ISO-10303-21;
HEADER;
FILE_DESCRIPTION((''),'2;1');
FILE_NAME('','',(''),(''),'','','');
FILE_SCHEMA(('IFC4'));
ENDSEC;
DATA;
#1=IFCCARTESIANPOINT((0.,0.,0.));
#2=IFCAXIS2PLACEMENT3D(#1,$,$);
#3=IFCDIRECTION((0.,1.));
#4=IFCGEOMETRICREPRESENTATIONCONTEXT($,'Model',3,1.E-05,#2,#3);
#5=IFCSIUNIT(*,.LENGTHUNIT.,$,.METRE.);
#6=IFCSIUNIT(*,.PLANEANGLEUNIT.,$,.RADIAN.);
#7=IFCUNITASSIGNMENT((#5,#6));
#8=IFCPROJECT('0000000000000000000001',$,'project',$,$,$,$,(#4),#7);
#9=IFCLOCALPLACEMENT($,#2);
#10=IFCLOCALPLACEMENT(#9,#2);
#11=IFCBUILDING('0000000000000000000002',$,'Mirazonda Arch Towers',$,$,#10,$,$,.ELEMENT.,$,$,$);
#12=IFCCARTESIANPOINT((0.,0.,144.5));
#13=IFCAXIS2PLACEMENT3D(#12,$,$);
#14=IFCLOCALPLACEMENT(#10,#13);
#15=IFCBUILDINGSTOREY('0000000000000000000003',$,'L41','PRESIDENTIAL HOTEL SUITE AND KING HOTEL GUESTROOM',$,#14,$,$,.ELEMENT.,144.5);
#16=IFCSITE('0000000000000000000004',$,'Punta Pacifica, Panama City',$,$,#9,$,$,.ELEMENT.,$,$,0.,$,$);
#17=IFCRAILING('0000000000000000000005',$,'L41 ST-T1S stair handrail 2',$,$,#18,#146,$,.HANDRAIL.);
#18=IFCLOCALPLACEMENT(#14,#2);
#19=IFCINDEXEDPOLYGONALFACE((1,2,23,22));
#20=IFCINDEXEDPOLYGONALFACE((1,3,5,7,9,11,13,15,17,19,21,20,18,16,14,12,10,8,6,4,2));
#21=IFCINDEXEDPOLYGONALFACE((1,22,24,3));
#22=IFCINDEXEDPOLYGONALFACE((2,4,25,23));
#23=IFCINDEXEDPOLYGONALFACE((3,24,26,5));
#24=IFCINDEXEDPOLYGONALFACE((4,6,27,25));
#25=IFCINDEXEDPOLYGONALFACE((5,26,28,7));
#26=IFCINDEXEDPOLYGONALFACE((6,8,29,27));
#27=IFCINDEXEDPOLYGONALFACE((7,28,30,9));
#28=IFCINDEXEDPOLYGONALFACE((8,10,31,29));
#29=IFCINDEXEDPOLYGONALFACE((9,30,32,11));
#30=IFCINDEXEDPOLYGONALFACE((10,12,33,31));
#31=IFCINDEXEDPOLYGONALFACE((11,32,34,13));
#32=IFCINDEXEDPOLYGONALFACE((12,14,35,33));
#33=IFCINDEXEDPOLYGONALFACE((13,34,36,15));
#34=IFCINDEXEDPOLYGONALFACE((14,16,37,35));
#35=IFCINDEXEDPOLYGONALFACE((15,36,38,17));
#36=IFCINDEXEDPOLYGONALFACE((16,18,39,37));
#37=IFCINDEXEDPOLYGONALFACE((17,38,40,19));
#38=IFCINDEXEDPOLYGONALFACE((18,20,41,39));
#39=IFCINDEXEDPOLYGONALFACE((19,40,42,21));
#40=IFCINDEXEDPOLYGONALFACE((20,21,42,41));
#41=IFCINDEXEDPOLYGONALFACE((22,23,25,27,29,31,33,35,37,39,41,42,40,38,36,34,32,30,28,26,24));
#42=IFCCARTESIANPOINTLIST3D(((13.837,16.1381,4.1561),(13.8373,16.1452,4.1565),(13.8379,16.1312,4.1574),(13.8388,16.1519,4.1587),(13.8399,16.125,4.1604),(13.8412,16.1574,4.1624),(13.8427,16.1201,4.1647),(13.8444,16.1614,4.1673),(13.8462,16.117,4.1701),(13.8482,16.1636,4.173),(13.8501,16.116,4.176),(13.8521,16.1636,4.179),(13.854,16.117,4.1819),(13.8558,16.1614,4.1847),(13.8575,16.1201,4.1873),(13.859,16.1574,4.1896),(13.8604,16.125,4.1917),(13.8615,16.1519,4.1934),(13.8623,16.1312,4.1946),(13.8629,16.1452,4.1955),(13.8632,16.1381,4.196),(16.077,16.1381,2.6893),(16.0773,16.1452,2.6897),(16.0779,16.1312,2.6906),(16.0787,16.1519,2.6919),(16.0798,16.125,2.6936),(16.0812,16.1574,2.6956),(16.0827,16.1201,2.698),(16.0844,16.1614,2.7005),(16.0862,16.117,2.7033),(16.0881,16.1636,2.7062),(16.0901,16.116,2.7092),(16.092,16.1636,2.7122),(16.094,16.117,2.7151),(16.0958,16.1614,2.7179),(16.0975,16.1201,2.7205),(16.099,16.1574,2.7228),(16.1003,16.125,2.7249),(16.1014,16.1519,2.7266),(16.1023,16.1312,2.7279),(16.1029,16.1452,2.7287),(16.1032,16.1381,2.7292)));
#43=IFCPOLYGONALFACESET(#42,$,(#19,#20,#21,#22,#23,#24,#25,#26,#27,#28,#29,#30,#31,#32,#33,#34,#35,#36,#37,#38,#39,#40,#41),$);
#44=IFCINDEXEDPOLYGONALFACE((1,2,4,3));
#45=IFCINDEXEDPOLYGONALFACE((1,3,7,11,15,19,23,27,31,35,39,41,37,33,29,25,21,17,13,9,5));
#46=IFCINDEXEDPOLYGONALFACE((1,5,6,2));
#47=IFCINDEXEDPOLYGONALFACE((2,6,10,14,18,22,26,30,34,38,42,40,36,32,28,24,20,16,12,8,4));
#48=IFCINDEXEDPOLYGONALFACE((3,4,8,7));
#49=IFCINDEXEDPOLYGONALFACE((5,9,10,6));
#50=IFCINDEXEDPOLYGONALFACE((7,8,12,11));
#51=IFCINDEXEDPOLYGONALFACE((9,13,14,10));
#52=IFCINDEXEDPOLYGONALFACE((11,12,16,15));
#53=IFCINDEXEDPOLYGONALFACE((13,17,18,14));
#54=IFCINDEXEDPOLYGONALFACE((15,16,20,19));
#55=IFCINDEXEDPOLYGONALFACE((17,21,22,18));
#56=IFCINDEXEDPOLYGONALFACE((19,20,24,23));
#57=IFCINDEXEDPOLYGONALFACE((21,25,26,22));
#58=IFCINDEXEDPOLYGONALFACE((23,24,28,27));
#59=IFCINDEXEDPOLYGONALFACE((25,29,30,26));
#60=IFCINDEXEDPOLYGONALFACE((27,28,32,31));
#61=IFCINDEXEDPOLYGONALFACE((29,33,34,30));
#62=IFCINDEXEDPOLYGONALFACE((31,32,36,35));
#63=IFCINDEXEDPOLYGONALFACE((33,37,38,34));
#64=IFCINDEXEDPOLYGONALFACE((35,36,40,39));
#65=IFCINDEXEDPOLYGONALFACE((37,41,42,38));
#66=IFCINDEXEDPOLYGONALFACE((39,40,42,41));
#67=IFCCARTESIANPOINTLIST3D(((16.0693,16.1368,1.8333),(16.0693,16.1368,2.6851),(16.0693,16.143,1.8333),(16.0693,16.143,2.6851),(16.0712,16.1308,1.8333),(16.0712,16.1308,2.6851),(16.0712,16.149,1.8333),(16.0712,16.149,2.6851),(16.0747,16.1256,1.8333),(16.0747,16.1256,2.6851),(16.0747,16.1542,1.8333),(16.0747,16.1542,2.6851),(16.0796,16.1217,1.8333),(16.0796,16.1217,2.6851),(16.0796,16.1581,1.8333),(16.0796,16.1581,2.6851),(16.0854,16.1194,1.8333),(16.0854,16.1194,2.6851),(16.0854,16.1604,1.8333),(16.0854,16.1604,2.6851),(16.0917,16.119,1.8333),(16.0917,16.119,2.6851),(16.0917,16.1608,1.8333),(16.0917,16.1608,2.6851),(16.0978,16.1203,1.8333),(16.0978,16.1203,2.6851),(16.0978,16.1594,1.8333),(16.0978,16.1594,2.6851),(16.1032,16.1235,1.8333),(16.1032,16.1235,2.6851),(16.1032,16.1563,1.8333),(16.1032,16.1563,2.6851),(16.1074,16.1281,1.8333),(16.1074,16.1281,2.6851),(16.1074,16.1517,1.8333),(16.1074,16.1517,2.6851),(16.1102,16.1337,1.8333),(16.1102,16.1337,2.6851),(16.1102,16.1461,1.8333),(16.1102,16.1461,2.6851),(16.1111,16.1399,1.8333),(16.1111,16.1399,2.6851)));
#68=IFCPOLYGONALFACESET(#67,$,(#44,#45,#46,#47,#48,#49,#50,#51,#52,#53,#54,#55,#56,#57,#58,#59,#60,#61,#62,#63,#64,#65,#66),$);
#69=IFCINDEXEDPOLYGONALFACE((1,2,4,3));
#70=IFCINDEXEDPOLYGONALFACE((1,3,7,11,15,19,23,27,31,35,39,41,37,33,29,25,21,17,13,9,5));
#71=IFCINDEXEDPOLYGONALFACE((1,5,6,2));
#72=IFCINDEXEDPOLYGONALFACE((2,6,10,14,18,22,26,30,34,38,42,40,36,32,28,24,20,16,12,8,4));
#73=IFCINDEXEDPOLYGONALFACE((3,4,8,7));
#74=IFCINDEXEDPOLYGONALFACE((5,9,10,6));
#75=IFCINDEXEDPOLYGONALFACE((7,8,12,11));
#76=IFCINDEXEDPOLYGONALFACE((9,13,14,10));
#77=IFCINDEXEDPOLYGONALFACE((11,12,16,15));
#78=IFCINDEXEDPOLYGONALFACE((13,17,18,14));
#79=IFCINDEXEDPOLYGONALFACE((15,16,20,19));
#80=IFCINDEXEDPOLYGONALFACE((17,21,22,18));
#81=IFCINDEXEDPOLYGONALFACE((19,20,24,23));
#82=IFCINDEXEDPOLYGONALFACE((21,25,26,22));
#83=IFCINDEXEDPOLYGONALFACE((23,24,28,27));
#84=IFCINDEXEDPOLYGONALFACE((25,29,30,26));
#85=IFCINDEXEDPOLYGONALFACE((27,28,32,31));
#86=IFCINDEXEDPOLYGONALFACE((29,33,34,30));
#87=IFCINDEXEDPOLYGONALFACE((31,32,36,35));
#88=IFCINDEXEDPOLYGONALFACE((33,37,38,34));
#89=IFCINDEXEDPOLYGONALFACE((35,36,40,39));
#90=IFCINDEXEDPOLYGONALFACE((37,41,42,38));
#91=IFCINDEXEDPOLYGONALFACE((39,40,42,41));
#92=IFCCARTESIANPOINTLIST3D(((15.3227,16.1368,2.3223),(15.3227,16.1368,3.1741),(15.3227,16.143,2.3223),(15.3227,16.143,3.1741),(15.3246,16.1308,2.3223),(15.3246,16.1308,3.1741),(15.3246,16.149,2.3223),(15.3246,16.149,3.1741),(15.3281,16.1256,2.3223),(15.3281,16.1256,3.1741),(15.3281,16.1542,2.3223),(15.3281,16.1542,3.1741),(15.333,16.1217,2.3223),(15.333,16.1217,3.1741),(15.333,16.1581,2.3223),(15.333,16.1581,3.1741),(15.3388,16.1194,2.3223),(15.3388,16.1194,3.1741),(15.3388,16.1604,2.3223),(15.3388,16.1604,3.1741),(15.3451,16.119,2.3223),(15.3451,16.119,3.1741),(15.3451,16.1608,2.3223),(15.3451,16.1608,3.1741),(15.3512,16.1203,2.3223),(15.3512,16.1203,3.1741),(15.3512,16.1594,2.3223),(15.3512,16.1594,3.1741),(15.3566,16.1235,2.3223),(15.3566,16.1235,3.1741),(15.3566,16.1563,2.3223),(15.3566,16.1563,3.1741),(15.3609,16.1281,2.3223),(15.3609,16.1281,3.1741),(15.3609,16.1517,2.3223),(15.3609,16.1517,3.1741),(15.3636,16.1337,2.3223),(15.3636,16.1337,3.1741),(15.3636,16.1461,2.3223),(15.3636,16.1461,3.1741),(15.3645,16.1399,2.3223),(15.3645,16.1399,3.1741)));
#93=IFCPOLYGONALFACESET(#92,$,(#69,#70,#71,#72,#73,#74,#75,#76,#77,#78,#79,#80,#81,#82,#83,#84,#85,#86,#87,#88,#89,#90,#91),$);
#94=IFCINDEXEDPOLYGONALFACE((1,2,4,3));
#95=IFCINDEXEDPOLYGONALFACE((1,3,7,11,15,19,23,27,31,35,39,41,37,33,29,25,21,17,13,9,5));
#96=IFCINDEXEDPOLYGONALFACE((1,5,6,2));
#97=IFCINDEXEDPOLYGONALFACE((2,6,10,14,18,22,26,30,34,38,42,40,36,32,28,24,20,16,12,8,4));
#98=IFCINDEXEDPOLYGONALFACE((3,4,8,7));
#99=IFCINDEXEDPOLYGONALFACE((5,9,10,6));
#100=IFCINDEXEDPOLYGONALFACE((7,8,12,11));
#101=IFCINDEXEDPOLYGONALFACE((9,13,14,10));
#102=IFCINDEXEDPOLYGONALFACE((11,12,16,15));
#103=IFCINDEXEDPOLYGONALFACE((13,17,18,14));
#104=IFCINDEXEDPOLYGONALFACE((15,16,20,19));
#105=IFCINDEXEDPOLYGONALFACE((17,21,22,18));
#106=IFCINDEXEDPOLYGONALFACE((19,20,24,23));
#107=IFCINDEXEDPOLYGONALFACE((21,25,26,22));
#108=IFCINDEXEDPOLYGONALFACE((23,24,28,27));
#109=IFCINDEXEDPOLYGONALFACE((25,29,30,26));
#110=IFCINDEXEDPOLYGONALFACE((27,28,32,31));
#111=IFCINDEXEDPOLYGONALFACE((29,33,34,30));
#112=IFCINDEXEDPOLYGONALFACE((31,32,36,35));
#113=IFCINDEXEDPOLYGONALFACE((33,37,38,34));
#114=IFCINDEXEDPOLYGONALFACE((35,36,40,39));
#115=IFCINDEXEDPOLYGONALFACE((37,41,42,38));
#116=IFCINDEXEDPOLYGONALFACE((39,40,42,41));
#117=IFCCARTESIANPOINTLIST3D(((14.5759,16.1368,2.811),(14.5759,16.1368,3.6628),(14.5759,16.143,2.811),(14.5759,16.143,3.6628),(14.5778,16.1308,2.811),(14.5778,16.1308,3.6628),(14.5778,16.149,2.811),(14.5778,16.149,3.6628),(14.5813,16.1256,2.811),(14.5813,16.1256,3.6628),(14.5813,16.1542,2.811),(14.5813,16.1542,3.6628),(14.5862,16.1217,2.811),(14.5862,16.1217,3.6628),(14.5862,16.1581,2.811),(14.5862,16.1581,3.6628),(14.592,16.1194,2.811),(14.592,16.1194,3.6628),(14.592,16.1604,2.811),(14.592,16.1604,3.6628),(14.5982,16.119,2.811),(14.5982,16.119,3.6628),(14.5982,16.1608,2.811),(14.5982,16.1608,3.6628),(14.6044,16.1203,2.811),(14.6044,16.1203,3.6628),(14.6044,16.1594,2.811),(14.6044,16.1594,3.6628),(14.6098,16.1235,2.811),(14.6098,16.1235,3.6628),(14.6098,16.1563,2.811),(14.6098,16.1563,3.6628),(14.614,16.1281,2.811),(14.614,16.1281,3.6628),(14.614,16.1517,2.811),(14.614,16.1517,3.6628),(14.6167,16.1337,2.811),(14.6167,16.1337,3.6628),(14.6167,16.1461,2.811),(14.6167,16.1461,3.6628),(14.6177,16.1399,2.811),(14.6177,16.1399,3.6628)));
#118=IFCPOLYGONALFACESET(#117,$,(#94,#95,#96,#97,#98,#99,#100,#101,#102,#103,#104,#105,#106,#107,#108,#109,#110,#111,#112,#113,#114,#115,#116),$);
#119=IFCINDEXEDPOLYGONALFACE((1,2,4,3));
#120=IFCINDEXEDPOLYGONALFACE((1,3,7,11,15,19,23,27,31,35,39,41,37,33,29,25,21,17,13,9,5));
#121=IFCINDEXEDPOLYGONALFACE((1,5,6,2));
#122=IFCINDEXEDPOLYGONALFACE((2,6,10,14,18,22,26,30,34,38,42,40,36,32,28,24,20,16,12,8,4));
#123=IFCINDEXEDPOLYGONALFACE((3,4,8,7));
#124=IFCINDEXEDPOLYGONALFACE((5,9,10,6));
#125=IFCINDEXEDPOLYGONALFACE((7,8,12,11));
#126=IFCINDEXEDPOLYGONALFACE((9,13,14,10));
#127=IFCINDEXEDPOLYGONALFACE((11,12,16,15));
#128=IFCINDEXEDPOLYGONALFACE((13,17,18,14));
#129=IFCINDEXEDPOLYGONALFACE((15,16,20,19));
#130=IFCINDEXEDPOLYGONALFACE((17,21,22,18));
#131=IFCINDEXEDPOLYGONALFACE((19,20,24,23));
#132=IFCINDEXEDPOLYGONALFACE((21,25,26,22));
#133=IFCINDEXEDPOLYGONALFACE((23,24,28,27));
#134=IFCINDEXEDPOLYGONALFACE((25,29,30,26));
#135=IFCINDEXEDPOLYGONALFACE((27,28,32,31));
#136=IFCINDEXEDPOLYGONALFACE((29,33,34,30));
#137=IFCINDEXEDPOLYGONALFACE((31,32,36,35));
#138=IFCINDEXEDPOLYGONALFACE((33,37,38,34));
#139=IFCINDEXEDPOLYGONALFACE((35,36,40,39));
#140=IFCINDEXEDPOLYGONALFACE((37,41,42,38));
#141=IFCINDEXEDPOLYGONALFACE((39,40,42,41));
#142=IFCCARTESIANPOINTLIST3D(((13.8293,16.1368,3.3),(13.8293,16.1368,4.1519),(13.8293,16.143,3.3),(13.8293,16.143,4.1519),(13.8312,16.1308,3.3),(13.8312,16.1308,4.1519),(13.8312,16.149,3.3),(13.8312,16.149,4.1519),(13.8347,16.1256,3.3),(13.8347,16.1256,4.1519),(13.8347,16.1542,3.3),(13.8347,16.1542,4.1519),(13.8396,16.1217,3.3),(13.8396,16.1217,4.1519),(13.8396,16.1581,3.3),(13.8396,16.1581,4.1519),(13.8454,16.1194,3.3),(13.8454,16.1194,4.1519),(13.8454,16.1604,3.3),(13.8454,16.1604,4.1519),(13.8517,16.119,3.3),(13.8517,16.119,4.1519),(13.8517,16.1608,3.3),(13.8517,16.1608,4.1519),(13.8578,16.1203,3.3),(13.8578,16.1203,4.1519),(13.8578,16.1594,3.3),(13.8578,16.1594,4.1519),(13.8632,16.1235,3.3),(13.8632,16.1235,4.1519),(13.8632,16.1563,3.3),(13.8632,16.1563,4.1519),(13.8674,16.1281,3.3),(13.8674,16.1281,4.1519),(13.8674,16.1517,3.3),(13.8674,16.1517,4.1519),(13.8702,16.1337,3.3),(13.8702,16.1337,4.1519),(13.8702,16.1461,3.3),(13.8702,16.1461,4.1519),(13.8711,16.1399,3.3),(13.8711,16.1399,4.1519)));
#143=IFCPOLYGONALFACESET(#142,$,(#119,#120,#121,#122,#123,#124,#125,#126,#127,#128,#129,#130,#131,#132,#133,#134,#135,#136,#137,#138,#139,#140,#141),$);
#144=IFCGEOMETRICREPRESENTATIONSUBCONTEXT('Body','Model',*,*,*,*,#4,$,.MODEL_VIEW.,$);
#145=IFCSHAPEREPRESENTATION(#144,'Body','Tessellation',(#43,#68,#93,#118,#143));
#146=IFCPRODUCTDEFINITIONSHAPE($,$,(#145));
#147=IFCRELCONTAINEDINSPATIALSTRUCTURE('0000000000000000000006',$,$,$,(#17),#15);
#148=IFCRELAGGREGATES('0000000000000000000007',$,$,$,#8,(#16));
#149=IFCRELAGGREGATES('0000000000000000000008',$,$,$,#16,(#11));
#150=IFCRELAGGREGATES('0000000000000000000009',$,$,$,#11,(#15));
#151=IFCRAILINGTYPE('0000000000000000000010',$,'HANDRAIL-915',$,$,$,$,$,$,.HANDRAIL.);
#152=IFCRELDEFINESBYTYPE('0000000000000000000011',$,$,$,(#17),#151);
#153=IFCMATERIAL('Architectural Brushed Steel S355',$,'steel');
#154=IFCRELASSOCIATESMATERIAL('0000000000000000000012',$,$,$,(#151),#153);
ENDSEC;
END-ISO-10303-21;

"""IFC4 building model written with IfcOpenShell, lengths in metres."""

from ifc_helpers import new_model, si_unit, direction, frame, origin, origin_2d, place, context, subcontext, project, spatial, circle, extrude, material, type_object, element, save


model = new_model("IFC4")

# Units and contexts
model_context = context("Model", 3, precision=1e-05, world=origin(), true_north=direction((0.0, 1.0)))
body_context = subcontext(model_context, "Body", "Model", "MODEL_VIEW")
ifc_project = project(units=[si_unit("LENGTHUNIT", "METRE"), si_unit("PLANEANGLEUNIT", "RADIAN")], contexts=[model_context])

# Site, building, storey
site_placement = place(None, origin())
site = spatial("IfcSite", under=ifc_project, at=site_placement, Name="Punta Pacifica, Panama City", CompositionType="ELEMENT", RefElevation=0.0)
building_placement = place(site_placement, origin())
building = spatial("IfcBuilding", under=site, at=building_placement, Name="Mirazonda Arch Towers", CompositionType="ELEMENT")
storey_placement = place(building_placement, frame((0.0, 0.0, 144.5)))
storey = spatial("IfcBuildingStorey", under=building, at=storey_placement, Name="L41", Description="PRESIDENTIAL HOTEL SUITE AND KING HOTEL GUESTROOM", CompositionType="ELEMENT", Elevation=144.5)

# Shared definitions
ifc_material_1 = material(Name="Architectural Brushed Steel S355", Category="steel")

# Railing
railing_type_1 = type_object("IfcRailingType", Name="HANDRAIL-915", PredefinedType="HANDRAIL", material=ifc_material_1)
railing_1_placement = place(storey_placement, frame((16.0901, 16.1399, 1.8333)))
element("IfcRailing", 1, at=railing_1_placement, inside=storey, type_object=railing_type_1, Name="L41 ST-T1S stair handrail 2", PredefinedType="HANDRAIL", context=body_context, shape_type="SweptSolid", body=[
    extrude(circle(Radius=0.0239, at=origin_2d()), frame((0.0, 0.0, 0.876), z_axis=(-0.836595, 0.0, 0.547822), x_axis=(0.0, -1.0, 0.0)), (0.0, 0.0, 1.0), 2.6775),
    extrude(circle(Radius=0.021, at=origin_2d()), origin(), (0.0, 0.0, 1.0), 0.8518),
    extrude(circle(Radius=0.021, at=origin_2d()), frame((-0.7466, 0.0, 0.489)), (0.0, 0.0, 1.0), 0.8518),
    extrude(circle(Radius=0.021, at=origin_2d()), frame((-1.4934, 0.0, 0.9778)), (0.0, 0.0, 1.0), 0.8518),
    extrude(circle(Radius=0.021, at=origin_2d()), frame((-2.24, 0.0, 1.4668)), (0.0, 0.0, 1.0), 0.8518),
])

save(model, "model.ifc")
